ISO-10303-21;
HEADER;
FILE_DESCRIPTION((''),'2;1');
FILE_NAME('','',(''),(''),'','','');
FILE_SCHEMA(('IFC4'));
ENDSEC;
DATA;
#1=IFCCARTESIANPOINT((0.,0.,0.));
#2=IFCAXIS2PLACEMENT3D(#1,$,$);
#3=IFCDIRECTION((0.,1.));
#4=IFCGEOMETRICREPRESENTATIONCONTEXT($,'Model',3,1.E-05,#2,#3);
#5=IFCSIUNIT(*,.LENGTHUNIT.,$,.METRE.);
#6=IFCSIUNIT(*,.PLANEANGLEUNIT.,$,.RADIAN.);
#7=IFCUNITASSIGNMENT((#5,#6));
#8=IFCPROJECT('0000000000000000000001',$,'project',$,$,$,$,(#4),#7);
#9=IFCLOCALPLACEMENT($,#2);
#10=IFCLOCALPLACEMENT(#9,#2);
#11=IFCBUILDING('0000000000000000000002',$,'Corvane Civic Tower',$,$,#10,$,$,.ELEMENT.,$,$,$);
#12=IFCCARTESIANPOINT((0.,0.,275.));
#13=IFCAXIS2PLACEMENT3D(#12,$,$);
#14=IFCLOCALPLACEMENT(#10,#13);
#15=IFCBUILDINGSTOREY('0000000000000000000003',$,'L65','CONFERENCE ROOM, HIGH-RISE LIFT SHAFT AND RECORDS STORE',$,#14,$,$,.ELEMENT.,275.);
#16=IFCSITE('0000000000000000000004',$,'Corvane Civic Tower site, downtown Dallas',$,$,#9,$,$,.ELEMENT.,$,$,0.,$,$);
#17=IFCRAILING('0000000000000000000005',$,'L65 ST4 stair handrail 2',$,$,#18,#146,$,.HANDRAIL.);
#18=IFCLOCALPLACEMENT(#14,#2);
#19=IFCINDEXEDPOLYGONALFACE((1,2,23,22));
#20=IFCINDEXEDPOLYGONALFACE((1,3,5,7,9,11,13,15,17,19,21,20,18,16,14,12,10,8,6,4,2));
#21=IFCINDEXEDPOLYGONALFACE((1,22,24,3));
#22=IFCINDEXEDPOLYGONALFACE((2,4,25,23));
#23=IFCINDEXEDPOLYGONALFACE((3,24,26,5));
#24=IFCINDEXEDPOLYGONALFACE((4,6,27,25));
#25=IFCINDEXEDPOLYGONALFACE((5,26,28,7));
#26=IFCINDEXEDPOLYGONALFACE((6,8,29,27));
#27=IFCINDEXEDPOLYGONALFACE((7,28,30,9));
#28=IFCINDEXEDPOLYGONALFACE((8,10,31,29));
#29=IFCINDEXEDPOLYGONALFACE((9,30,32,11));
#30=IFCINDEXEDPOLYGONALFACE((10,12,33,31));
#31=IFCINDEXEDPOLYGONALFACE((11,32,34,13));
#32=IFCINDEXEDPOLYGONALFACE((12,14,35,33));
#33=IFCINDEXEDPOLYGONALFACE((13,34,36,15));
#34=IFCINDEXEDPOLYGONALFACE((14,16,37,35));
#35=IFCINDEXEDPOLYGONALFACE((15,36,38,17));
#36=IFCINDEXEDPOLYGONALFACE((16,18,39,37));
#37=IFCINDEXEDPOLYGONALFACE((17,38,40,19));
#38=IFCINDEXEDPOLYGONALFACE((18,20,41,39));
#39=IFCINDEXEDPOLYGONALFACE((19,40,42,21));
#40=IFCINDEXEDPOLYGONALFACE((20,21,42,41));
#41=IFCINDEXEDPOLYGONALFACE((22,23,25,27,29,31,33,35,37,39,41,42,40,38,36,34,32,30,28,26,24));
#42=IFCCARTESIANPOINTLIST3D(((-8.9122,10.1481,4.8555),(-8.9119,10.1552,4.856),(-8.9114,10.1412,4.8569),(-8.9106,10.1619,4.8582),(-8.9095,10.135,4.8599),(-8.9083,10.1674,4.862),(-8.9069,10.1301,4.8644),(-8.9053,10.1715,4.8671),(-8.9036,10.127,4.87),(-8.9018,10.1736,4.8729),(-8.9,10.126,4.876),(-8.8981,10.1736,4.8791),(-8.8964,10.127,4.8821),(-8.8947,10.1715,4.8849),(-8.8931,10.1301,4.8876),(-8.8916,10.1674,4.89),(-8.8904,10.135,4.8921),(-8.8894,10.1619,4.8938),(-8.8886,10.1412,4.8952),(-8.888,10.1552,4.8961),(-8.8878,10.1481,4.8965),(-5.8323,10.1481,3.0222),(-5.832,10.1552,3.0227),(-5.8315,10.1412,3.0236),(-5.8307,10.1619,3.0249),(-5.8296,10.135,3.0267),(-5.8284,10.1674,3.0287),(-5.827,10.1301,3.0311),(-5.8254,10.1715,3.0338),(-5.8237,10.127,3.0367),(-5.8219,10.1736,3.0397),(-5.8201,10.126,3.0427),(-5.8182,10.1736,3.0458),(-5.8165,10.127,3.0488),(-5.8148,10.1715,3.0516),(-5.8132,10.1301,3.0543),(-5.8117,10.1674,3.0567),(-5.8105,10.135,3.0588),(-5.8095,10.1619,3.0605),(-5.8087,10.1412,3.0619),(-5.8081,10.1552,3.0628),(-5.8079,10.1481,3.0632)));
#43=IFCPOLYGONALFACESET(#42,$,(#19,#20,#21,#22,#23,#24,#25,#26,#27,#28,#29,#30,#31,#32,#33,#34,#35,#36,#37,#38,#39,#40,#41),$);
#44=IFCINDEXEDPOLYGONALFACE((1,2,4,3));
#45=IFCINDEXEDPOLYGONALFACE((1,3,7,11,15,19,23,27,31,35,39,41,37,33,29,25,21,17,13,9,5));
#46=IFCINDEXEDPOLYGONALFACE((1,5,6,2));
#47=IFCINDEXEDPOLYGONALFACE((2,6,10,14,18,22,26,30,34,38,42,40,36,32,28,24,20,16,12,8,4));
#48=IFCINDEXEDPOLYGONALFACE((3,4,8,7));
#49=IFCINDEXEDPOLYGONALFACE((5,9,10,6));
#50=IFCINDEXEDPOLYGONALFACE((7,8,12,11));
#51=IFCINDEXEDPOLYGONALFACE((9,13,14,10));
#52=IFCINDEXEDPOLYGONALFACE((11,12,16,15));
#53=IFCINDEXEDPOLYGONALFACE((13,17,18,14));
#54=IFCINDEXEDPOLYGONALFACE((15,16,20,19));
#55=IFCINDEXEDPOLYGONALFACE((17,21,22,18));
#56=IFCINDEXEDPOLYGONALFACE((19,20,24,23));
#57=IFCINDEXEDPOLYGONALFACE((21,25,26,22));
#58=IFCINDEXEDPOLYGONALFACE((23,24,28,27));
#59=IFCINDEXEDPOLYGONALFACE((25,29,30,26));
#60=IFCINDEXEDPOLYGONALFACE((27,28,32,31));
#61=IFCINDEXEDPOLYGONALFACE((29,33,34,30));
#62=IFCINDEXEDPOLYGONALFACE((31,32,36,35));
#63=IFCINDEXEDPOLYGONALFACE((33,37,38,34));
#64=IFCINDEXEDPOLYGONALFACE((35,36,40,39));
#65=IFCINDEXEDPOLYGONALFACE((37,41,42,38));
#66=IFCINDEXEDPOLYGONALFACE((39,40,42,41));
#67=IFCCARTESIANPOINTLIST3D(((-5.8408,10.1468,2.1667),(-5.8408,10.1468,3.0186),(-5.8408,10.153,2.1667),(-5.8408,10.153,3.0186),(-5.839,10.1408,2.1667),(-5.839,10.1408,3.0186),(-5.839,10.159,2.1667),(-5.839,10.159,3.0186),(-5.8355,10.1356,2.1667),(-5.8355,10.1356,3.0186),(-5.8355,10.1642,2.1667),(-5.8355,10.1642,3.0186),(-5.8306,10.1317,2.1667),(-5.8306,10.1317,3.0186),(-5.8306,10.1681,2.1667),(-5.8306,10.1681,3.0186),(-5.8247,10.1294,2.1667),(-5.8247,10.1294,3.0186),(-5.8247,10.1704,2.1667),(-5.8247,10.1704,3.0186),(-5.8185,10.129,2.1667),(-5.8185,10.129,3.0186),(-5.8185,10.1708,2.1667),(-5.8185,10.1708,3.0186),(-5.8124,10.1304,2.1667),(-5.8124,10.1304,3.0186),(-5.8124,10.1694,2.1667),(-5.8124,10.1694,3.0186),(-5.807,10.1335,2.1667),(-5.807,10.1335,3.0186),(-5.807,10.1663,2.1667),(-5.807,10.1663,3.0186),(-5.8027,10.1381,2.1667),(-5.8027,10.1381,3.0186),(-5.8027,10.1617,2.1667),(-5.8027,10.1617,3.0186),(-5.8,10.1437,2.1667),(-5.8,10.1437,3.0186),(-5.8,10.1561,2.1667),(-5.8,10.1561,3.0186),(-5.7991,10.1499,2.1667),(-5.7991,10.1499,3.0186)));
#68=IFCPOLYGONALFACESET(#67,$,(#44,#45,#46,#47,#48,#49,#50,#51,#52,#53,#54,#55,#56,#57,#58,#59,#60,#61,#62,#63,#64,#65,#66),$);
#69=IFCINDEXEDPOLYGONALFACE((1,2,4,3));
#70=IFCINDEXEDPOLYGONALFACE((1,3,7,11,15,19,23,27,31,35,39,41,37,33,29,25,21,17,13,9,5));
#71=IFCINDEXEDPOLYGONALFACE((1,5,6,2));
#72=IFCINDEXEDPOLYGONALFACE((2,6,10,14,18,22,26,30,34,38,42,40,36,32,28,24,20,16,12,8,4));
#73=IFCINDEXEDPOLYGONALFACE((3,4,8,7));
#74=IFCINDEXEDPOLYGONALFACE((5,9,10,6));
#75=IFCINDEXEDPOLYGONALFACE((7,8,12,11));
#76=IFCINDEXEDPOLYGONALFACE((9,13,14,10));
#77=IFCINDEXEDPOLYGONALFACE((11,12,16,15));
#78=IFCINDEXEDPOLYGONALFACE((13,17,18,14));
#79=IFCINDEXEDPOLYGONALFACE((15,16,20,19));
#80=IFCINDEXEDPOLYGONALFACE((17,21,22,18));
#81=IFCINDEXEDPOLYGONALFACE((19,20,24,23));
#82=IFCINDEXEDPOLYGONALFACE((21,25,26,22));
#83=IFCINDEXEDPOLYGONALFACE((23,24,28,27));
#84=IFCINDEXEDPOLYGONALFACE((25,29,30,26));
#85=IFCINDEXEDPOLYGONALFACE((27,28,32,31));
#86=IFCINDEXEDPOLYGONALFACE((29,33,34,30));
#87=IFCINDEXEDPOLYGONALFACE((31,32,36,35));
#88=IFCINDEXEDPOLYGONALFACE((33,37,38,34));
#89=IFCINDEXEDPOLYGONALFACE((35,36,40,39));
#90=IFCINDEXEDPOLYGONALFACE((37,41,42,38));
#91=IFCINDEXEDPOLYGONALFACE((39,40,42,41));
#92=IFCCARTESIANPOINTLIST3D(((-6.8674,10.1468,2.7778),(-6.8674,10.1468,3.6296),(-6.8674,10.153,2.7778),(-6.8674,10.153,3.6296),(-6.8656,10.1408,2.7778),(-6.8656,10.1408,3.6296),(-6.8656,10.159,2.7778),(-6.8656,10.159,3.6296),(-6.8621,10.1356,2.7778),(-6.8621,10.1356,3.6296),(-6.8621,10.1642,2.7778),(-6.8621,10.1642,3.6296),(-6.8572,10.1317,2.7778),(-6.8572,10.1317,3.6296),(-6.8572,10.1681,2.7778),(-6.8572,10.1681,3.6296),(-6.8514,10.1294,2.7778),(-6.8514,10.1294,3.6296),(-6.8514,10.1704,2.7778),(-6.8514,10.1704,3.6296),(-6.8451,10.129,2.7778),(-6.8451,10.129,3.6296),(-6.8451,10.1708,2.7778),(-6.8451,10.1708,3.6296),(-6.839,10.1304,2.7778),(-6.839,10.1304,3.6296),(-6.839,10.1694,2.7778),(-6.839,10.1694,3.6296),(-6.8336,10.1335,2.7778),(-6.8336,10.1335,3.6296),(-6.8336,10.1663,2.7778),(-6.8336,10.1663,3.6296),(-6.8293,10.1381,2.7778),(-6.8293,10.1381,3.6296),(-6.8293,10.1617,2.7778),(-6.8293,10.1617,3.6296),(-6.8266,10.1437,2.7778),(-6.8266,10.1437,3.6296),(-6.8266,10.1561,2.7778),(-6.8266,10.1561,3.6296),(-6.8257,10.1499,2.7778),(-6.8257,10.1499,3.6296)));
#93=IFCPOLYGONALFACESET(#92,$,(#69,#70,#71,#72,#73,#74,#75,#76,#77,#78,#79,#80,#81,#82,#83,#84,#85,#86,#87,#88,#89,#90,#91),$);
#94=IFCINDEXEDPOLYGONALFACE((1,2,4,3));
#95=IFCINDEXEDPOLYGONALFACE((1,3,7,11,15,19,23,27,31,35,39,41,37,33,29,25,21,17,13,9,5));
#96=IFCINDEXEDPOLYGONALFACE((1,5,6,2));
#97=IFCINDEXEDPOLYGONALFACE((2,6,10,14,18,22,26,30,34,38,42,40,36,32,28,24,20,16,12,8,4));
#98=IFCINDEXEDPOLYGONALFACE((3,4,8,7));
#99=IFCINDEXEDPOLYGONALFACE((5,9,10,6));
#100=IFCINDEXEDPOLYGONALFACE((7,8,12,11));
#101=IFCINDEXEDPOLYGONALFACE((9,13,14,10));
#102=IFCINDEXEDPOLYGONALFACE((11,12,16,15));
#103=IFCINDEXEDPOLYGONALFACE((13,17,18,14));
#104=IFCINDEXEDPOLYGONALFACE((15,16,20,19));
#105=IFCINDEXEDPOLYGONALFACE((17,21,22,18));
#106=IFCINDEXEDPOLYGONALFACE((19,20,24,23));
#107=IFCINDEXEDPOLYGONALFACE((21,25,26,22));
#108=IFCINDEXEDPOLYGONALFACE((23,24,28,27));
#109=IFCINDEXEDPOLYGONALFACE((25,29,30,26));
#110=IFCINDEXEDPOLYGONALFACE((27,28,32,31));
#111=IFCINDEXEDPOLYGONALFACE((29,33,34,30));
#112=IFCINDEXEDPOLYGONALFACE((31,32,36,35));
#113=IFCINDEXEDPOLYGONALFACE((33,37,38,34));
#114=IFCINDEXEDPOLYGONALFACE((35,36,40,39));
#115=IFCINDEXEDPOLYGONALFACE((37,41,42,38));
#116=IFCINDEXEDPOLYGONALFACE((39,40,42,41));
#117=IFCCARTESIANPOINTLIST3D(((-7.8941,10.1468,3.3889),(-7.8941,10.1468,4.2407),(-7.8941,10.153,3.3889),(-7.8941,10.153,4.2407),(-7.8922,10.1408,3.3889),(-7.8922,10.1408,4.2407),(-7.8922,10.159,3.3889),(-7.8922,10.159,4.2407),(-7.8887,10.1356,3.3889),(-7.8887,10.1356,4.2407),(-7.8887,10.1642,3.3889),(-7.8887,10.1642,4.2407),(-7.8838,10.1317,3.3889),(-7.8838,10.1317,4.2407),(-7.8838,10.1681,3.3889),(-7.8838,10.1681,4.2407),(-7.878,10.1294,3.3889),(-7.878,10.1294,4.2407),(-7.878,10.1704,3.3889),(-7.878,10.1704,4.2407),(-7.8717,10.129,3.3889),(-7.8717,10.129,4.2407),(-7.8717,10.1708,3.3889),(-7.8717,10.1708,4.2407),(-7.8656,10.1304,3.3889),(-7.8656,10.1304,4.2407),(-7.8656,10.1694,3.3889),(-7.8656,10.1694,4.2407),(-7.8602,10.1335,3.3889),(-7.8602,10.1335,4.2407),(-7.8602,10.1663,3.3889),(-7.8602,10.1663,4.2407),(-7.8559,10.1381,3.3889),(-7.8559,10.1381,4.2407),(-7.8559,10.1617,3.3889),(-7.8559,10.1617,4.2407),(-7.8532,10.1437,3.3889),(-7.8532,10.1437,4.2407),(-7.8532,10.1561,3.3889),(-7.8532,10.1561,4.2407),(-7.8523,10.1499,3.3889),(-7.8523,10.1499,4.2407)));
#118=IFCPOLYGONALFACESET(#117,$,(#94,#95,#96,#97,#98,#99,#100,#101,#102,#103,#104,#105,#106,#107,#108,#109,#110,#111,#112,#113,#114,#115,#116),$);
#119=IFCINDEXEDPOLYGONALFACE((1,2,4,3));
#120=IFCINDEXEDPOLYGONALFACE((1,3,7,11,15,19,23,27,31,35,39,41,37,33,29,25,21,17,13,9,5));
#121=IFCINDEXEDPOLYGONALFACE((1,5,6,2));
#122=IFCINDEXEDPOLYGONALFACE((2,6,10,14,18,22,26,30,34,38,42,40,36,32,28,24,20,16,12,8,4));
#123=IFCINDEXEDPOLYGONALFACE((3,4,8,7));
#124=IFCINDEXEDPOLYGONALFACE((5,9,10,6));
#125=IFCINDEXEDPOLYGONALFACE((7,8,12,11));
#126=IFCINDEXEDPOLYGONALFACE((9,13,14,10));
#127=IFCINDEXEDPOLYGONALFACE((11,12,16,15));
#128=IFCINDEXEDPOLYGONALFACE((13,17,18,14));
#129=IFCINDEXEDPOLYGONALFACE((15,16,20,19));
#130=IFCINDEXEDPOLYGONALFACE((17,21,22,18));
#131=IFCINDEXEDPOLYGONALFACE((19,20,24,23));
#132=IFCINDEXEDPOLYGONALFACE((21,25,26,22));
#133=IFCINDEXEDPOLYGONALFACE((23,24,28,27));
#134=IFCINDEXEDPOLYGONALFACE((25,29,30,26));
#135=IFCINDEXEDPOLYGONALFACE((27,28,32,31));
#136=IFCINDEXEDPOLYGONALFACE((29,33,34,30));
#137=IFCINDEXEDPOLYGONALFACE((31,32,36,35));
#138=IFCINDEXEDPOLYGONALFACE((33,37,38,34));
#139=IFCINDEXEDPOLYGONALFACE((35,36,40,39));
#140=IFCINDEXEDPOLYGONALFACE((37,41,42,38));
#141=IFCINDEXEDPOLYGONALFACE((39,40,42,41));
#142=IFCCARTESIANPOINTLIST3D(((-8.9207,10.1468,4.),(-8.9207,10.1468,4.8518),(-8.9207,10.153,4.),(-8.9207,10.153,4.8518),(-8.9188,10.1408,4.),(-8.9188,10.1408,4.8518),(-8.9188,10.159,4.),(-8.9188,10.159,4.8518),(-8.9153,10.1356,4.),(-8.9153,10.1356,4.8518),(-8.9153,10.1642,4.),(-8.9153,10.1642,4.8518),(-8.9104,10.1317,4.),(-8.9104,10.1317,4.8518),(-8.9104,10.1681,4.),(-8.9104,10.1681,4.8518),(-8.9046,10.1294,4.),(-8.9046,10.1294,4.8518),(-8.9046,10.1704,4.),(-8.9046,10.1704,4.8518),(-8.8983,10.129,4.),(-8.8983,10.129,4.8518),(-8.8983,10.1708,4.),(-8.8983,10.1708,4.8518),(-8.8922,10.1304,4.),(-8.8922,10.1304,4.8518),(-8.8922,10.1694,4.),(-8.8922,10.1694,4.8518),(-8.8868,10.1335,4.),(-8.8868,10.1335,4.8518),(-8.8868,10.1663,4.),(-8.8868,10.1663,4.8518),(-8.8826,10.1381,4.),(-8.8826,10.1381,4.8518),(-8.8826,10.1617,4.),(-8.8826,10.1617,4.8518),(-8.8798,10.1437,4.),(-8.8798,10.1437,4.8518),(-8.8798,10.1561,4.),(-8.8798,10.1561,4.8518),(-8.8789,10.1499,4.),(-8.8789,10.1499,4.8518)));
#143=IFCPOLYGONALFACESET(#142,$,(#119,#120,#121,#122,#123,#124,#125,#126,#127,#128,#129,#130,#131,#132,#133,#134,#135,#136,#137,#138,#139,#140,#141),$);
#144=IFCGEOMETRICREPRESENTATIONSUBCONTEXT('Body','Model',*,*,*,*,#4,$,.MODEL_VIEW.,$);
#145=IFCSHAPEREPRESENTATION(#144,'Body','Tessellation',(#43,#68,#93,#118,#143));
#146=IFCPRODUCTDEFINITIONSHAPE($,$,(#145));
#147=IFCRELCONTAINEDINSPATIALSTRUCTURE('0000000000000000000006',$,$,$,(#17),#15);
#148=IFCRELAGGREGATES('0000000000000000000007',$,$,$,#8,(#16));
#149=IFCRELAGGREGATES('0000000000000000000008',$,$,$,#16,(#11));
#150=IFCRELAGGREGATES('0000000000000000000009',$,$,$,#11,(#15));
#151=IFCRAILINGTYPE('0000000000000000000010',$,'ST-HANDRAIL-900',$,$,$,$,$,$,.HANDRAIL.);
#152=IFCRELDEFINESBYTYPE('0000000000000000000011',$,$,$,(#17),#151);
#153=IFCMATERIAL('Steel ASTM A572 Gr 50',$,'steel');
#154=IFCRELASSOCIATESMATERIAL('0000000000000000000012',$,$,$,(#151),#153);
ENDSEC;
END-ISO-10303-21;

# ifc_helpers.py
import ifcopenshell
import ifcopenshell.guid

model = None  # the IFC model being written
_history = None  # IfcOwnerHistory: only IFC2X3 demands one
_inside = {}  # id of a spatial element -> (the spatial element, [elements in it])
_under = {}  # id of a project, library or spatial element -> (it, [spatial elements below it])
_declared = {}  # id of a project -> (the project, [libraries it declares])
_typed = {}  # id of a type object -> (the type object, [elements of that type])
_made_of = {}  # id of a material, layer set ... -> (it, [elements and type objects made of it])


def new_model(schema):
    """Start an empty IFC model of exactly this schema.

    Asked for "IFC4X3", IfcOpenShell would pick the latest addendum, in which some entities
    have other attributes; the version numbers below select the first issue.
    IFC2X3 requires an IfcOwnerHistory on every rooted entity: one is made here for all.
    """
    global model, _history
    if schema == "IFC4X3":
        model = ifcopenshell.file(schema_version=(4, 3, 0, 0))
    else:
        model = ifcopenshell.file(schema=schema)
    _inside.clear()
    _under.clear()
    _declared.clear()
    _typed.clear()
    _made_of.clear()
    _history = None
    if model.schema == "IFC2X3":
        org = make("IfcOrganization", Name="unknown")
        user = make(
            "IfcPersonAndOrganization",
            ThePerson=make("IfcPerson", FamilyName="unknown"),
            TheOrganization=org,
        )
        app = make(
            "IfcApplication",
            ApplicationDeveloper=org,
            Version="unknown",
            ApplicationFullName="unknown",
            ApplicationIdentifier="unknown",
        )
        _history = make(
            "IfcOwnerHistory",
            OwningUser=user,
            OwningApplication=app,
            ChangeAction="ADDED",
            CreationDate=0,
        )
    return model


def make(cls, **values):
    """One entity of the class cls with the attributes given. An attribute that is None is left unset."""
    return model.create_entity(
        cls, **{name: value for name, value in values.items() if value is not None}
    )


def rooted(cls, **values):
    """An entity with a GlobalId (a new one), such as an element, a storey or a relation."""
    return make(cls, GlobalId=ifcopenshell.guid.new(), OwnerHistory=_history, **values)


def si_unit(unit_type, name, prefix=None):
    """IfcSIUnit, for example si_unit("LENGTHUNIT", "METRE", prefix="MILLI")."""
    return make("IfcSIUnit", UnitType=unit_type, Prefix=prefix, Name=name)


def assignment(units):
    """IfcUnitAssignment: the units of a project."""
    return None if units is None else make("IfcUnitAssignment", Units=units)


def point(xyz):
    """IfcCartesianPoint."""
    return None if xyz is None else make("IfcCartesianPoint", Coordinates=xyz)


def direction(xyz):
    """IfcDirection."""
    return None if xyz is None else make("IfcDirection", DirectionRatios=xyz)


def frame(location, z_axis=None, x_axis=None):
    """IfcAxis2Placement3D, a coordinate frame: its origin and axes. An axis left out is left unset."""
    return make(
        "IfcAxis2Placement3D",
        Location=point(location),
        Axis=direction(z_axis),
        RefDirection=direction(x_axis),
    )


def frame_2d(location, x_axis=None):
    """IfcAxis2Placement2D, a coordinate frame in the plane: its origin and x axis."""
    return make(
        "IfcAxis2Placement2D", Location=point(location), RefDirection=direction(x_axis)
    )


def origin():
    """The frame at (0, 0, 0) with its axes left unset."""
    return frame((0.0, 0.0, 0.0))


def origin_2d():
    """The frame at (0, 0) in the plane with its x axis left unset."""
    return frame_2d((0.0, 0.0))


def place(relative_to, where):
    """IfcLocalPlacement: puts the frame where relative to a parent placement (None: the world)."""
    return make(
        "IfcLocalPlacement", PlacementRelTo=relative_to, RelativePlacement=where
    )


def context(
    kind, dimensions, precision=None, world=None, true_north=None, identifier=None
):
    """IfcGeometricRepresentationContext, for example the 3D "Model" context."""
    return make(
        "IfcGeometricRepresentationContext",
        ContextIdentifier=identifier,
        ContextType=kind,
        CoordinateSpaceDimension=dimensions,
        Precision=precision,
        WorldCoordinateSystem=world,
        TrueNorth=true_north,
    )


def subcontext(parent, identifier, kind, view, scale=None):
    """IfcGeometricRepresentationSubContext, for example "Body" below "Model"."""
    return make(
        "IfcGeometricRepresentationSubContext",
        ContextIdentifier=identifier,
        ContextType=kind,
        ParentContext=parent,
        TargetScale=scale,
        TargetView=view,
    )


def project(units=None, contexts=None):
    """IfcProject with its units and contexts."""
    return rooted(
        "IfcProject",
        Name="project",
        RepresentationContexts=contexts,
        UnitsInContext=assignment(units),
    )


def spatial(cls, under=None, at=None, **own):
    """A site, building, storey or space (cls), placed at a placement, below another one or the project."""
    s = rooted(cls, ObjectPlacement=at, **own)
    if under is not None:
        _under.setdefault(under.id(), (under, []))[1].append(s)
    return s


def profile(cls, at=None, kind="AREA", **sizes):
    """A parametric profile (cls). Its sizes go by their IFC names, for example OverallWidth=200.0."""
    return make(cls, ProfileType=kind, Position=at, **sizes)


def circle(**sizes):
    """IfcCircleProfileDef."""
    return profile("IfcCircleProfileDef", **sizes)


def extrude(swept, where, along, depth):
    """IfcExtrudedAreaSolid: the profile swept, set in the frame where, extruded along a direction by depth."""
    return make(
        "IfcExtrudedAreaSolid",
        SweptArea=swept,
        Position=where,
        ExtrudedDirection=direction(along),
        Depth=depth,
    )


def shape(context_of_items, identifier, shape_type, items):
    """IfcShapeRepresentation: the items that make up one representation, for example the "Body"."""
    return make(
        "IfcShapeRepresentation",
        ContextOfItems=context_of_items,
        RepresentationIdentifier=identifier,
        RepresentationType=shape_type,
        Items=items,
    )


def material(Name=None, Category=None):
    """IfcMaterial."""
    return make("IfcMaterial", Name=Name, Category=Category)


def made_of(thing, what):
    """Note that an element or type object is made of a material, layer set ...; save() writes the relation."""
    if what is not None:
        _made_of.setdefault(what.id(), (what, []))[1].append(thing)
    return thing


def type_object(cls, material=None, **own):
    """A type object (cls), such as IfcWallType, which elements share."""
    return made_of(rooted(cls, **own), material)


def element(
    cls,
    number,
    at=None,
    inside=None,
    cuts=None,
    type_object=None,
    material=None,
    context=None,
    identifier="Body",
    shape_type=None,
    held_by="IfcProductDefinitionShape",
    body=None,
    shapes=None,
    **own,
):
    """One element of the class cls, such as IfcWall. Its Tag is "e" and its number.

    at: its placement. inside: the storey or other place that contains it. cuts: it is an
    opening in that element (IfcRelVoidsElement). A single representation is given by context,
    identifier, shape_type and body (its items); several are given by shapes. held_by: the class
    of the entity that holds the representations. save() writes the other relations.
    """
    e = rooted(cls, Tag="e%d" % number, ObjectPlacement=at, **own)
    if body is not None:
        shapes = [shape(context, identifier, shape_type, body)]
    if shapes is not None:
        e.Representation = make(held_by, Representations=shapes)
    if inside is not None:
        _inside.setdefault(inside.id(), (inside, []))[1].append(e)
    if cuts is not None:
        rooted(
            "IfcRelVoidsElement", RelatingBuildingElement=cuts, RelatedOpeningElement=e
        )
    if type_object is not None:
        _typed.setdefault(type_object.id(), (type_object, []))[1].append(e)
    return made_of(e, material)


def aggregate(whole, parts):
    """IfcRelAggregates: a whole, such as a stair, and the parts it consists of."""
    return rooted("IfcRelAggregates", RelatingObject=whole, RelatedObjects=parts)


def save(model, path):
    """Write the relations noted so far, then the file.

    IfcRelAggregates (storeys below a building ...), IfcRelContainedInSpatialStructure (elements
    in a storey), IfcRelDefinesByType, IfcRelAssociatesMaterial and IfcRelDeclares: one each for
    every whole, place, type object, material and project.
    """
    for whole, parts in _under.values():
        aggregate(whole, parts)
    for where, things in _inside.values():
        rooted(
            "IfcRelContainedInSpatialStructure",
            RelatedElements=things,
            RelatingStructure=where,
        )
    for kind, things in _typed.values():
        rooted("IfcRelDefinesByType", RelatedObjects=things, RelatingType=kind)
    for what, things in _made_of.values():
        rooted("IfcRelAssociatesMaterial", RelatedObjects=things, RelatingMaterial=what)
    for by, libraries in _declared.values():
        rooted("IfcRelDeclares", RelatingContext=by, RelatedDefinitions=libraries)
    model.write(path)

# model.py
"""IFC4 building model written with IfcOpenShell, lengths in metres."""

from ifc_helpers import new_model, si_unit, direction, frame, origin, origin_2d, place, context, subcontext, project, spatial, circle, extrude, material, type_object, element, save


model = new_model("IFC4")

# Units and contexts
model_context = context("Model", 3, precision=1e-05, world=origin(), true_north=direction((0.0, 1.0)))
body_context = subcontext(model_context, "Body", "Model", "MODEL_VIEW")
ifc_project = project(units=[si_unit("LENGTHUNIT", "METRE"), si_unit("PLANEANGLEUNIT", "RADIAN")], contexts=[model_context])

# Site, building, storey
site_placement = place(None, origin())
site = spatial("IfcSite", under=ifc_project, at=site_placement, Name="Corvane Civic Tower site, downtown Dallas", CompositionType="ELEMENT", RefElevation=0.0)
building_placement = place(site_placement, origin())
building = spatial("IfcBuilding", under=site, at=building_placement, Name="Corvane Civic Tower", CompositionType="ELEMENT")
storey_placement = place(building_placement, frame((0.0, 0.0, 275.0)))
storey = spatial("IfcBuildingStorey", under=building, at=storey_placement, Name="L65", Description="CONFERENCE ROOM, HIGH-RISE LIFT SHAFT AND RECORDS STORE", CompositionType="ELEMENT", Elevation=275.0)

# Railing
ifc_material_1 = material(Name="Steel ASTM A572 Gr 50", Category="steel")
railing_type_1 = type_object("IfcRailingType", Name="ST-HANDRAIL-900", PredefinedType="HANDRAIL", material=ifc_material_1)
railing_1_placement = place(storey_placement, frame((-5.8201, 10.1499, 2.1667)))
element("IfcRailing", 1, at=railing_1_placement, inside=storey, type_object=railing_type_1, Name="L65 ST4 stair handrail 2", PredefinedType="HANDRAIL", context=body_context, shape_type="SweptSolid", body=[
    extrude(circle(Radius=0.0239, at=origin_2d()), frame((0.0, 0.0, 0.876), z_axis=(-0.859291, 0.0, 0.511487), x_axis=(0.0, -1.0, 0.0)), (0.0, 0.0, 1.0), 3.5842),
    extrude(circle(Radius=0.021, at=origin_2d()), origin(), (0.0, 0.0, 1.0), 0.8518),
    extrude(circle(Radius=0.021, at=origin_2d()), frame((-1.0266, 0.0, 0.6111)), (0.0, 0.0, 1.0), 0.8518),
    extrude(circle(Radius=0.021, at=origin_2d()), frame((-2.0532, 0.0, 1.2222)), (0.0, 0.0, 1.0), 0.8518),
    extrude(circle(Radius=0.021, at=origin_2d()), frame((-3.0798, 0.0, 1.8333)), (0.0, 0.0, 1.0), 0.8518),
])

save(model, "model.ifc")
